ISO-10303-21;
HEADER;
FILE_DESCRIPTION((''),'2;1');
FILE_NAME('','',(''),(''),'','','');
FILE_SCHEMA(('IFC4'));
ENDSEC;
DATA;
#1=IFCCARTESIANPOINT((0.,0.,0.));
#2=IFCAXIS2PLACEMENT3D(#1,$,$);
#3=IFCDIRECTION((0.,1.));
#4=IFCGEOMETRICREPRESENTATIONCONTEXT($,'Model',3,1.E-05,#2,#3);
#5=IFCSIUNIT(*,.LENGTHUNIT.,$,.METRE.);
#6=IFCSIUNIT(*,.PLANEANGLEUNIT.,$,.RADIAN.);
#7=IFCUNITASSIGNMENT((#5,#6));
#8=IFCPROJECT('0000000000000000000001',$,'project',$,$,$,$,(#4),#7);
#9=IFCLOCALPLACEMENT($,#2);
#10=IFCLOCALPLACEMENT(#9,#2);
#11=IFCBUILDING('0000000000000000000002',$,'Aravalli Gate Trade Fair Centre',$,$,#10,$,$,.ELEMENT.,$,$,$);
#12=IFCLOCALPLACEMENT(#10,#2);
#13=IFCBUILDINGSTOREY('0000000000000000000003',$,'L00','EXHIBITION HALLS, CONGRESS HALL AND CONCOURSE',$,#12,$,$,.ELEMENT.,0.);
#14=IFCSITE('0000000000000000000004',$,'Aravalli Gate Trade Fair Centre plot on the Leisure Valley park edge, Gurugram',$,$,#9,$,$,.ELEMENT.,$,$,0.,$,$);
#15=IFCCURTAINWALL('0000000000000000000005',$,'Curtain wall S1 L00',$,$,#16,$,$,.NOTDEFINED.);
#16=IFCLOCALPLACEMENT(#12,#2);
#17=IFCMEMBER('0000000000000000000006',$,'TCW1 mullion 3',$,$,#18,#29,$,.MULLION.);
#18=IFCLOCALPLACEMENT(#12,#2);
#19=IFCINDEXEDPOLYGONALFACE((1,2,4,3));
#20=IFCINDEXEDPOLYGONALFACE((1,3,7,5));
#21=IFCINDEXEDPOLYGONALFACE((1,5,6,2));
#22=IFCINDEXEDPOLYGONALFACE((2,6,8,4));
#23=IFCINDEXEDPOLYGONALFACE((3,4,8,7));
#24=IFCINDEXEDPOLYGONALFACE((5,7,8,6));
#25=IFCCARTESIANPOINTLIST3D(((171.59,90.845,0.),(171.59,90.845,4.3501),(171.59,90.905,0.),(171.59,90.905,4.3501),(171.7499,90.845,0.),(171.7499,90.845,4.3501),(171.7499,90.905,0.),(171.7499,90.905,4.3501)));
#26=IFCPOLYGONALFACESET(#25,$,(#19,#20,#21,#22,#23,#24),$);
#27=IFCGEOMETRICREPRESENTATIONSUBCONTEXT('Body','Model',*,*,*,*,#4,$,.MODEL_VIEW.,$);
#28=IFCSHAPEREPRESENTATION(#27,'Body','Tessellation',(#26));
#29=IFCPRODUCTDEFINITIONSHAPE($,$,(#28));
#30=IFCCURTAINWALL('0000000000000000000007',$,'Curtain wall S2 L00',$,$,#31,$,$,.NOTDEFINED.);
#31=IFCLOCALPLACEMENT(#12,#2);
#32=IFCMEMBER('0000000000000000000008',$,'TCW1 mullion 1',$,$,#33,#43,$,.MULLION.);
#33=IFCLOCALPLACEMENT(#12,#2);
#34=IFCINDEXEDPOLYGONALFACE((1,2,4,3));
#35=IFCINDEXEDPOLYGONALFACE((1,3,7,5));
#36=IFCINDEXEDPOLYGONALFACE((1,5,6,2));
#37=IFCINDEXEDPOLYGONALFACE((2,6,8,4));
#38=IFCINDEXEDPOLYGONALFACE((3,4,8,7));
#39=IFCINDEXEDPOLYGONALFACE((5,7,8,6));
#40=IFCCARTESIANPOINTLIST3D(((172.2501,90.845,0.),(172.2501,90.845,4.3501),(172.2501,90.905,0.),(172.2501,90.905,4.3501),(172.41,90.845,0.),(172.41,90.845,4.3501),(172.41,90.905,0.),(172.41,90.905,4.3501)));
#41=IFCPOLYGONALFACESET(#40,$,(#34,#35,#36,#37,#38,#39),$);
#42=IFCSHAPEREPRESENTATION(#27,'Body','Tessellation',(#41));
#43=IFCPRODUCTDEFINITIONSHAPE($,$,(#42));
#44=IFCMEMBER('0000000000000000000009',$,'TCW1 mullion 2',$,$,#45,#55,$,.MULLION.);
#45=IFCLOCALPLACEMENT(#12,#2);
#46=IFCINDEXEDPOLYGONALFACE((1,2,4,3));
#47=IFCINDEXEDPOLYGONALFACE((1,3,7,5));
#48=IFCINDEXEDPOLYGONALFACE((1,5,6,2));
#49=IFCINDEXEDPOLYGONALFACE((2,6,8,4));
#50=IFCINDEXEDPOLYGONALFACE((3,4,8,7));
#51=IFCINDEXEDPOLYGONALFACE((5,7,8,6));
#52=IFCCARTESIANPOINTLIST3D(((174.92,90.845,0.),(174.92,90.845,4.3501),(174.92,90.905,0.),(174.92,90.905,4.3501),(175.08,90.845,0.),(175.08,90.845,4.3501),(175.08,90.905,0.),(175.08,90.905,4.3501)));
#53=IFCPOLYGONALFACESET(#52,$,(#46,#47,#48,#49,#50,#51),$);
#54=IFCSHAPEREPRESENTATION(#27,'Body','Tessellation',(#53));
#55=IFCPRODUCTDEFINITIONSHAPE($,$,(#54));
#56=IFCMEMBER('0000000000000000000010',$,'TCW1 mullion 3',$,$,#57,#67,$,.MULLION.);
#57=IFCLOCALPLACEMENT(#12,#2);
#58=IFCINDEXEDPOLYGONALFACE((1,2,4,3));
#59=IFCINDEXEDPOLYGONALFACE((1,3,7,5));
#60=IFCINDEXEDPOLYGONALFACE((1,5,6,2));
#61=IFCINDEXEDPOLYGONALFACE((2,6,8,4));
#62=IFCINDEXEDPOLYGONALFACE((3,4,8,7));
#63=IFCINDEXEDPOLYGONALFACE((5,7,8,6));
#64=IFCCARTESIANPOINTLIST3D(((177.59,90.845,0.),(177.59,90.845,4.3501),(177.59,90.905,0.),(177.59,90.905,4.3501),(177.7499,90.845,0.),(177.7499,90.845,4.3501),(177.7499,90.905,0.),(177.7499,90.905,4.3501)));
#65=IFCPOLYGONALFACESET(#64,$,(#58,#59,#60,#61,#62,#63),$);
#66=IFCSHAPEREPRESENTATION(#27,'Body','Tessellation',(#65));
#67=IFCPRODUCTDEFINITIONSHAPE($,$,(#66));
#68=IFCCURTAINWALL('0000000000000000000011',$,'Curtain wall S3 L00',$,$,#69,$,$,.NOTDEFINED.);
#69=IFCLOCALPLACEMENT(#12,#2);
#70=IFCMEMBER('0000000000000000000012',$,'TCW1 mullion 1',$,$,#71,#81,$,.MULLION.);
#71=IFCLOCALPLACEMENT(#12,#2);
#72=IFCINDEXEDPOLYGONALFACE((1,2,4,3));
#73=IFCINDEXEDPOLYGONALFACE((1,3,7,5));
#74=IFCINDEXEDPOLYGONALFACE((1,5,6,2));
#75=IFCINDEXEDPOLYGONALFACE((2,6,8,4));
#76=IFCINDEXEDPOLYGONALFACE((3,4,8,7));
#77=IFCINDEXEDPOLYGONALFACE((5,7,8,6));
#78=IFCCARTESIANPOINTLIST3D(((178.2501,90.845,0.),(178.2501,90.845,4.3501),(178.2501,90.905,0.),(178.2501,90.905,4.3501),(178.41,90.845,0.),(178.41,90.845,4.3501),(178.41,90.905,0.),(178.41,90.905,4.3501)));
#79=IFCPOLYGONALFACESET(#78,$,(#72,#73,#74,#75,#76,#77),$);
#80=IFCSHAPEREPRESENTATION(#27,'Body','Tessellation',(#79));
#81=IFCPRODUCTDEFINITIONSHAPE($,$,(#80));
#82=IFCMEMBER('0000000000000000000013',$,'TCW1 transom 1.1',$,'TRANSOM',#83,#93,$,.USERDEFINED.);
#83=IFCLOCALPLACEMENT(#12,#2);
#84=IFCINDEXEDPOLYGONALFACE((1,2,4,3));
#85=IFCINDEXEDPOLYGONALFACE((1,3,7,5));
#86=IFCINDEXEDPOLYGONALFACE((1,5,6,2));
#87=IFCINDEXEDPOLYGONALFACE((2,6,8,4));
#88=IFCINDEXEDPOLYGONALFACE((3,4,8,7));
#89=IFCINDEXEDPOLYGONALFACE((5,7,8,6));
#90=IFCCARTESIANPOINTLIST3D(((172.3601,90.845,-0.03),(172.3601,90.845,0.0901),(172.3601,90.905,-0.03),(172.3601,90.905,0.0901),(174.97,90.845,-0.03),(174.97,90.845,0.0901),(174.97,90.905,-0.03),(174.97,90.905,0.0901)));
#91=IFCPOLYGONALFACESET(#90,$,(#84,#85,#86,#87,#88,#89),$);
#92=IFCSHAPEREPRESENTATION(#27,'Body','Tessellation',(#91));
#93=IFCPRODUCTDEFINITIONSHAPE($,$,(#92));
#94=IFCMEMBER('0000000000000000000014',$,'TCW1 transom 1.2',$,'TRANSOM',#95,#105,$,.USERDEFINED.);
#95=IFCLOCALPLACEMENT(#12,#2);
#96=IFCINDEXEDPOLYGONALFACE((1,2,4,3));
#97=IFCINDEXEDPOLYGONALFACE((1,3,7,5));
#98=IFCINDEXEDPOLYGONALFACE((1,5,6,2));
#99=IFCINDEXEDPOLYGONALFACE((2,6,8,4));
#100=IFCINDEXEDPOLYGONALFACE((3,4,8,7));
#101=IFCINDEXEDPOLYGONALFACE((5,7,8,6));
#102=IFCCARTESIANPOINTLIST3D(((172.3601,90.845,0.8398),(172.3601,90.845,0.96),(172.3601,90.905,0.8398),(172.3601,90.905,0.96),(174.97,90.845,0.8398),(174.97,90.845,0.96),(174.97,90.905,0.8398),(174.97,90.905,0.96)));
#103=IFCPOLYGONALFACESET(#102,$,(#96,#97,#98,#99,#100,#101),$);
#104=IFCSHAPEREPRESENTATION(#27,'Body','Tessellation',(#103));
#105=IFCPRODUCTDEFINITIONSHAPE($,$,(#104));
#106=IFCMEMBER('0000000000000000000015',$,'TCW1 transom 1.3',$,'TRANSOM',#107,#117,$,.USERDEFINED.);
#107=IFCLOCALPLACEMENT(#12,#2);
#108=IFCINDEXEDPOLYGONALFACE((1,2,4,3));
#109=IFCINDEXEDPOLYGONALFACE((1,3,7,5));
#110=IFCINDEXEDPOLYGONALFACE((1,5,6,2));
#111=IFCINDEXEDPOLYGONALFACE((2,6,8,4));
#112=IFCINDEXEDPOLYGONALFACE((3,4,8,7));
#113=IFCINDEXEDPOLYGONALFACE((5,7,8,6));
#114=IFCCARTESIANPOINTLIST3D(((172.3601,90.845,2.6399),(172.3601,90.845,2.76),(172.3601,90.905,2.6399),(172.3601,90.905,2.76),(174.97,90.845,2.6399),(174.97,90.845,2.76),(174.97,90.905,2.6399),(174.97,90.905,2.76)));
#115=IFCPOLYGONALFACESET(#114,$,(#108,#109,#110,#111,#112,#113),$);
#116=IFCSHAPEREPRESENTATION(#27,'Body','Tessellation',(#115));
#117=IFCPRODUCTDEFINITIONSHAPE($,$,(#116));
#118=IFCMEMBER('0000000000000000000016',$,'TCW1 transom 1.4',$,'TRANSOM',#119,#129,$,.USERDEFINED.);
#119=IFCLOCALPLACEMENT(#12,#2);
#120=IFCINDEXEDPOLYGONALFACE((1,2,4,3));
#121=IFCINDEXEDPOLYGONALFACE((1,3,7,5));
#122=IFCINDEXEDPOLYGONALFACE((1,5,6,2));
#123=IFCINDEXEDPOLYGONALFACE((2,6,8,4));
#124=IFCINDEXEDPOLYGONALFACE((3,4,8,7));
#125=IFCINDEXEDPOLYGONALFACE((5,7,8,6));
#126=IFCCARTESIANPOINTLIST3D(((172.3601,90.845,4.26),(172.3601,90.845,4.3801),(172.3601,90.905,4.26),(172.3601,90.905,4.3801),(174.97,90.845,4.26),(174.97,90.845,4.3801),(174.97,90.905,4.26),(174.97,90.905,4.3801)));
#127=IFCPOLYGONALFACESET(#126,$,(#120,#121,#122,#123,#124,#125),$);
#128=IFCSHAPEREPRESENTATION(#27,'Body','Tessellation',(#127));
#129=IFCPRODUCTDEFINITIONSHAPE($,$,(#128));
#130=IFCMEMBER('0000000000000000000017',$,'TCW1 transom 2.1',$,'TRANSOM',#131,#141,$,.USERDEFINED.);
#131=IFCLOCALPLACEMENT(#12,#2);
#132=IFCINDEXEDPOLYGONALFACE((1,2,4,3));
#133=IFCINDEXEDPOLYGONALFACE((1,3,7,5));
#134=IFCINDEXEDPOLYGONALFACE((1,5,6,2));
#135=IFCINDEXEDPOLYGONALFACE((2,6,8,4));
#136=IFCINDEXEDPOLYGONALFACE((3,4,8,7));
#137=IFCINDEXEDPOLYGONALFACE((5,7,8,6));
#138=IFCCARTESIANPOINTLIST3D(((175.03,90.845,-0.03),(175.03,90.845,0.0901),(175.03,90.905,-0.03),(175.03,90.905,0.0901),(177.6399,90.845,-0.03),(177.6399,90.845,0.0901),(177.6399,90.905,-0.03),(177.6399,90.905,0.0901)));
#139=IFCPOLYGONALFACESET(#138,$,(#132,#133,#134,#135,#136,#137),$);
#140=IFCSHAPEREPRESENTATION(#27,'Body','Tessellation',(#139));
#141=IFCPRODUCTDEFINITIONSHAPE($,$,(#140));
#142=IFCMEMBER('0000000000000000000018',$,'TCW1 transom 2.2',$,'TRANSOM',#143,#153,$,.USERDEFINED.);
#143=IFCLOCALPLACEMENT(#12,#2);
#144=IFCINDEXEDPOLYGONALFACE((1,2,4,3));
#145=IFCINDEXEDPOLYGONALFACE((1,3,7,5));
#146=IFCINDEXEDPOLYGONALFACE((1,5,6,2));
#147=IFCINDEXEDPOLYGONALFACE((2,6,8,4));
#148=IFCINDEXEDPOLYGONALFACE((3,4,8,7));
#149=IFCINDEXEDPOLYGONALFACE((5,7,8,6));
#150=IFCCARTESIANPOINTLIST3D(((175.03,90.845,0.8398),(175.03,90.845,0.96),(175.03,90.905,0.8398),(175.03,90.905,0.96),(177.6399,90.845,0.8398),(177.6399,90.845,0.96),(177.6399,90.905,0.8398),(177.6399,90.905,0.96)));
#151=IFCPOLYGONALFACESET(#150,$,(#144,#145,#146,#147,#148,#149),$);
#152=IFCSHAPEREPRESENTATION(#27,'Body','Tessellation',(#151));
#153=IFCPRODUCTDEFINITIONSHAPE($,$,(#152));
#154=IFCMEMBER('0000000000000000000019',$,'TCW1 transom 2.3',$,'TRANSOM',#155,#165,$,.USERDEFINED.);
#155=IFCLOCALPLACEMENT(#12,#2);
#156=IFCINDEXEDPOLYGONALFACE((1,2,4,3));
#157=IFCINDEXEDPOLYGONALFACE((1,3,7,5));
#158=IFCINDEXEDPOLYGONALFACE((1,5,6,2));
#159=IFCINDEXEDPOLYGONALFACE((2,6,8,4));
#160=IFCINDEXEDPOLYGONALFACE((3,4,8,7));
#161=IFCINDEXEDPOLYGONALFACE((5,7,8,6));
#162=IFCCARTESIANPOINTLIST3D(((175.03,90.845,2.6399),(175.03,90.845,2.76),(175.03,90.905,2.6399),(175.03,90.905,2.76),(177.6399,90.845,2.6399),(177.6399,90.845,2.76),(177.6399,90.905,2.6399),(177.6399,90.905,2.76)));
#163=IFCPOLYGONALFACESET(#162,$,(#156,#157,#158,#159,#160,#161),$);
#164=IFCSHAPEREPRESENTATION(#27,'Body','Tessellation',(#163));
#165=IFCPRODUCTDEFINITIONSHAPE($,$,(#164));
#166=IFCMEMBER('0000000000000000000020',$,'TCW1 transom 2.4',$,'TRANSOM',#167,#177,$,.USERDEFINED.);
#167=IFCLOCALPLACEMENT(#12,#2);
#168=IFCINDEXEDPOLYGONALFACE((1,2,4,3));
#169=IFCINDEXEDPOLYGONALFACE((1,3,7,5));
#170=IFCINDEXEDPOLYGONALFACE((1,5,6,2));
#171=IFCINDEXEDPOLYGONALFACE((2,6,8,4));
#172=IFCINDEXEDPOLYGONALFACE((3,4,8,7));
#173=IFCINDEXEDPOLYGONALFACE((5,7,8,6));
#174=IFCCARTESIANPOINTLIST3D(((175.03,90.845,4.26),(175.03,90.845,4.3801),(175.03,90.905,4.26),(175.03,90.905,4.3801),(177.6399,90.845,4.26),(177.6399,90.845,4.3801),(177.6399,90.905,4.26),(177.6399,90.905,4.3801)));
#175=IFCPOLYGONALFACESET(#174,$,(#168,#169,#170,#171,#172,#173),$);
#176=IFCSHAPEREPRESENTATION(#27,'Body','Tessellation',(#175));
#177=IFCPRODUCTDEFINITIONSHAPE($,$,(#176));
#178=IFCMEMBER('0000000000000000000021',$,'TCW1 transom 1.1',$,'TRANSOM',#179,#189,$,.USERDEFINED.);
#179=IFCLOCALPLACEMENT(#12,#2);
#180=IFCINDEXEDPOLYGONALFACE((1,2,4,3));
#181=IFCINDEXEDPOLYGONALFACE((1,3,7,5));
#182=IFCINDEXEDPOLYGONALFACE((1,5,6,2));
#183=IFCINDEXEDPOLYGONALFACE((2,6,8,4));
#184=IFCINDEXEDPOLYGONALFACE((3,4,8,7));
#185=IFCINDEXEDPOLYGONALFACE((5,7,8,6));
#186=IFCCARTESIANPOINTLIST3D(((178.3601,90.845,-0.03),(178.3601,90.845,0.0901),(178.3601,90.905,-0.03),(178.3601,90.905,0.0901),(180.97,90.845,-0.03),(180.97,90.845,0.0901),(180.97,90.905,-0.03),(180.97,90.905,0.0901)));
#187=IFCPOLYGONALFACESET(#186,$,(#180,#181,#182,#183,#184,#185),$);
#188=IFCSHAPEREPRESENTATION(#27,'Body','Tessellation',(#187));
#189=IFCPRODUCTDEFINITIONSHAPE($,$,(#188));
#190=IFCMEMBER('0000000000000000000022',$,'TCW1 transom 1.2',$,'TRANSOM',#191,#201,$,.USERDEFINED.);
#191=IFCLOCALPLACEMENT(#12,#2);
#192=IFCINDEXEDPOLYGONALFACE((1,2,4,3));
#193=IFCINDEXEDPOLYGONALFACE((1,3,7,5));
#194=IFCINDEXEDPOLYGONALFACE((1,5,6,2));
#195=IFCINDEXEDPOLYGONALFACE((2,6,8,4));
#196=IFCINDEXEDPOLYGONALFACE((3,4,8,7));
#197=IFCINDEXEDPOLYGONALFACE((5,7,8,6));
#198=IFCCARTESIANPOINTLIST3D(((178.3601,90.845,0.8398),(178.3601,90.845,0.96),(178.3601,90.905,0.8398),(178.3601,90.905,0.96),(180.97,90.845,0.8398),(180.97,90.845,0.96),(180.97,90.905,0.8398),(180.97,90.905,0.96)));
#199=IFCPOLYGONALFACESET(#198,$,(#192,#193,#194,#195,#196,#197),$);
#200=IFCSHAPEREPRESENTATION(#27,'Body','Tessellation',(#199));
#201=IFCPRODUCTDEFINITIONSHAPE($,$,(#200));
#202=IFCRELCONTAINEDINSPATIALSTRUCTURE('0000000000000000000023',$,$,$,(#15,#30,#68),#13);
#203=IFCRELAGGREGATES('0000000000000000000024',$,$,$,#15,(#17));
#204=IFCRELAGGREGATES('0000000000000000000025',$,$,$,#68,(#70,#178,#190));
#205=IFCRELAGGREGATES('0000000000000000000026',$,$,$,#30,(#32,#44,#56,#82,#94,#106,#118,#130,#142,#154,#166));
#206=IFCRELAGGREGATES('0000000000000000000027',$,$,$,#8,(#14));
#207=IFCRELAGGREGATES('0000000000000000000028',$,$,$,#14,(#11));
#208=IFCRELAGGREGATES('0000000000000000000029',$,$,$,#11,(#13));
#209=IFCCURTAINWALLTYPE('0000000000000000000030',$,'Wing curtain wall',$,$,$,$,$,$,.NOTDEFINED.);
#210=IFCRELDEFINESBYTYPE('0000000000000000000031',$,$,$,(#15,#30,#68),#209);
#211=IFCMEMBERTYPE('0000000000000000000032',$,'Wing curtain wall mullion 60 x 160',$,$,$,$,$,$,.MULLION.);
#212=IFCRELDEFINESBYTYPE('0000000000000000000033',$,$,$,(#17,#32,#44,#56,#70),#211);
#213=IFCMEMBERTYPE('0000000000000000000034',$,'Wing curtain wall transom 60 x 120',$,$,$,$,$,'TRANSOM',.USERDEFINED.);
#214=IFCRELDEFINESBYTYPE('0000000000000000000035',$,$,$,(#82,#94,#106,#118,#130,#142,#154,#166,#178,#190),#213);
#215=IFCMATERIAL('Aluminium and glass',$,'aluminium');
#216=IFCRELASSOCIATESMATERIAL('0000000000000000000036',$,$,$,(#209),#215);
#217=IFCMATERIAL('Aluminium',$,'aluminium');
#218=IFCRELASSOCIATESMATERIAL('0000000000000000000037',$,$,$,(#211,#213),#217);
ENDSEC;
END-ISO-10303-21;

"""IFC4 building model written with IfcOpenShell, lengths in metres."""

from ifc_helpers import new_model, si_unit, direction, frame, origin, origin_2d, place, context, subcontext, project, spatial, rectangle, extrude, material, material_profile, profile_set, type_object, element, aggregate, save


model = new_model("IFC4")

# Units and contexts
model_context = context("Model", 3, precision=1e-05, world=origin(), true_north=direction((0.0, 1.0)))
body_context = subcontext(model_context, "Body", "Model", "MODEL_VIEW")
ifc_project = project(units=[si_unit("LENGTHUNIT", "METRE"), si_unit("PLANEANGLEUNIT", "RADIAN")], contexts=[model_context])

# Site, building, storey
site_placement = place(None, origin())
site = spatial("IfcSite", under=ifc_project, at=site_placement, Name="Aravalli Gate Trade Fair Centre plot on the Leisure Valley park edge, Gurugram", CompositionType="ELEMENT", RefElevation=0.0)
building_placement = place(site_placement, origin())
building = spatial("IfcBuilding", under=site, at=building_placement, Name="Aravalli Gate Trade Fair Centre", CompositionType="ELEMENT")
storey_placement = place(building_placement, origin())
storey = spatial("IfcBuildingStorey", under=building, at=storey_placement, Name="L00", Description="EXHIBITION HALLS, CONGRESS HALL AND CONCOURSE", CompositionType="ELEMENT", Elevation=0.0)

# Curtain wall, member
ifc_material_1 = material(Name="Aluminium and glass", Category="aluminium")
curtain_wall_type = type_object("IfcCurtainWallType", Name="Wing curtain wall", PredefinedType="NOTDEFINED", material=ifc_material_1)
curtain_wall_1_placement = place(storey_placement, origin())
curtain_wall_1 = element("IfcCurtainWall", 1, at=curtain_wall_1_placement, inside=storey, type_object=curtain_wall_type, Name="Curtain wall S1 L00", PredefinedType="NOTDEFINED")
ifc_material_2 = material(Name="Aluminium", Category="aluminium")
ifc_material_profile_1 = material_profile(ifc_material_2, rectangle(XDim=0.0601, YDim=0.1599, at=origin_2d()), Name="Wing curtain wall mullion 60 x 160")
ifc_profile_set_1 = profile_set([ifc_material_profile_1], Name="Aluminium")
member_type_1 = type_object("IfcMemberType", Name="Wing curtain wall mullion 60 x 160", PredefinedType="MULLION", material=ifc_profile_set_1)
member_1_placement = place(storey_placement, frame((171.6699, 90.875, 0.0), z_axis=(0.0, 0.0, 1.0), x_axis=(0.0, 1.0, 0.0)))
member_1 = element("IfcMember", 2, at=member_1_placement, type_object=member_type_1, Name="TCW1 mullion 3", PredefinedType="MULLION", context=body_context, shape_type="SweptSolid", body=[
    extrude(rectangle(XDim=0.0601, YDim=0.1599, at=origin_2d()), origin(), (0.0, 0.0, 1.0), 4.3501),
])
aggregate(curtain_wall_1, [member_1])

# Curtain wall, members
curtain_wall_2_placement = place(storey_placement, origin())
curtain_wall_2 = element("IfcCurtainWall", 3, at=curtain_wall_2_placement, inside=storey, type_object=curtain_wall_type, Name="Curtain wall S2 L00", PredefinedType="NOTDEFINED")
member_2_placement = place(storey_placement, frame((172.3301, 90.875, 0.0), z_axis=(0.0, 0.0, 1.0), x_axis=(0.0, 1.0, 0.0)))
member_2 = element("IfcMember", 4, at=member_2_placement, type_object=member_type_1, Name="TCW1 mullion 1", PredefinedType="MULLION", context=body_context, shape_type="SweptSolid", body=[
    extrude(rectangle(XDim=0.0601, YDim=0.1599, at=origin_2d()), origin(), (0.0, 0.0, 1.0), 4.3501),
])
member_3_placement = place(storey_placement, frame((175.0, 90.875, 0.0), z_axis=(0.0, 0.0, 1.0), x_axis=(0.0, 1.0, 0.0)))
member_3 = element("IfcMember", 5, at=member_3_placement, type_object=member_type_1, Name="TCW1 mullion 2", PredefinedType="MULLION", context=body_context, shape_type="SweptSolid", body=[
    extrude(rectangle(XDim=0.0601, YDim=0.1599, at=origin_2d()), origin(), (0.0, 0.0, 1.0), 4.3501),
])
member_4_placement = place(storey_placement, frame((177.6699, 90.875, 0.0), z_axis=(0.0, 0.0, 1.0), x_axis=(0.0, 1.0, 0.0)))
member_4 = element("IfcMember", 6, at=member_4_placement, type_object=member_type_1, Name="TCW1 mullion 3", PredefinedType="MULLION", context=body_context, shape_type="SweptSolid", body=[
    extrude(rectangle(XDim=0.0601, YDim=0.1599, at=origin_2d()), origin(), (0.0, 0.0, 1.0), 4.3501),
])

# Curtain wall, member
curtain_wall_3_placement = place(storey_placement, origin())
curtain_wall_3 = element("IfcCurtainWall", 7, at=curtain_wall_3_placement, inside=storey, type_object=curtain_wall_type, Name="Curtain wall S3 L00", PredefinedType="NOTDEFINED")
member_5_placement = place(storey_placement, frame((178.3301, 90.875, 0.0), z_axis=(0.0, 0.0, 1.0), x_axis=(0.0, 1.0, 0.0)))
member_5 = element("IfcMember", 8, at=member_5_placement, type_object=member_type_1, Name="TCW1 mullion 1", PredefinedType="MULLION", context=body_context, shape_type="SweptSolid", body=[
    extrude(rectangle(XDim=0.0601, YDim=0.1599, at=origin_2d()), origin(), (0.0, 0.0, 1.0), 4.3501),
])

# Members
ifc_material_profile_2 = material_profile(ifc_material_2, rectangle(XDim=0.0601, YDim=0.1201, at=origin_2d()), Name="Wing curtain wall transom 60 x 120")
ifc_profile_set_2 = profile_set([ifc_material_profile_2], Name="Aluminium")
member_type_2 = type_object("IfcMemberType", Name="Wing curtain wall transom 60 x 120", ElementType="TRANSOM", PredefinedType="USERDEFINED", material=ifc_profile_set_2)
member_6_placement = place(storey_placement, frame((172.3601, 90.875, 0.03), z_axis=(1.0, 0.0, 0.0), x_axis=(0.0, 1.0, 0.0)))
member_6 = element("IfcMember", 9, at=member_6_placement, type_object=member_type_2, Name="TCW1 transom 1.1", ObjectType="TRANSOM", PredefinedType="USERDEFINED", context=body_context, shape_type="SweptSolid", body=[
    extrude(rectangle(XDim=0.0601, YDim=0.1201, at=origin_2d()), origin(), (0.0, 0.0, 1.0), 2.6099),
])
member_7_placement = place(storey_placement, frame((172.3601, 90.875, 0.8999), z_axis=(1.0, 0.0, 0.0), x_axis=(0.0, 1.0, 0.0)))
member_7 = element("IfcMember", 10, at=member_7_placement, type_object=member_type_2, Name="TCW1 transom 1.2", ObjectType="TRANSOM", PredefinedType="USERDEFINED", context=body_context, shape_type="SweptSolid", body=[
    extrude(rectangle(XDim=0.0601, YDim=0.1201, at=origin_2d()), origin(), (0.0, 0.0, 1.0), 2.6099),
])
member_8_placement = place(storey_placement, frame((172.3601, 90.875, 2.7), z_axis=(1.0, 0.0, 0.0), x_axis=(0.0, 1.0, 0.0)))
member_8 = element("IfcMember", 11, at=member_8_placement, type_object=member_type_2, Name="TCW1 transom 1.3", ObjectType="TRANSOM", PredefinedType="USERDEFINED", context=body_context, shape_type="SweptSolid", body=[
    extrude(rectangle(XDim=0.0601, YDim=0.1201, at=origin_2d()), origin(), (0.0, 0.0, 1.0), 2.6099),
])
member_9_placement = place(storey_placement, frame((172.3601, 90.875, 4.3201), z_axis=(1.0, 0.0, 0.0), x_axis=(0.0, 1.0, 0.0)))
member_9 = element("IfcMember", 12, at=member_9_placement, type_object=member_type_2, Name="TCW1 transom 1.4", ObjectType="TRANSOM", PredefinedType="USERDEFINED", context=body_context, shape_type="SweptSolid", body=[
    extrude(rectangle(XDim=0.0601, YDim=0.1201, at=origin_2d()), origin(), (0.0, 0.0, 1.0), 2.6099),
])
member_10_placement = place(storey_placement, frame((175.03, 90.875, 0.03), z_axis=(1.0, 0.0, 0.0), x_axis=(0.0, 1.0, 0.0)))
member_10 = element("IfcMember", 13, at=member_10_placement, type_object=member_type_2, Name="TCW1 transom 2.1", ObjectType="TRANSOM", PredefinedType="USERDEFINED", context=body_context, shape_type="SweptSolid", body=[
    extrude(rectangle(XDim=0.0601, YDim=0.1201, at=origin_2d()), origin(), (0.0, 0.0, 1.0), 2.6099),
])
member_11_placement = place(storey_placement, frame((175.03, 90.875, 0.8999), z_axis=(1.0, 0.0, 0.0), x_axis=(0.0, 1.0, 0.0)))
member_11 = element("IfcMember", 14, at=member_11_placement, type_object=member_type_2, Name="TCW1 transom 2.2", ObjectType="TRANSOM", PredefinedType="USERDEFINED", context=body_context, shape_type="SweptSolid", body=[
    extrude(rectangle(XDim=0.0601, YDim=0.1201, at=origin_2d()), origin(), (0.0, 0.0, 1.0), 2.6099),
])
member_12_placement = place(storey_placement, frame((175.03, 90.875, 2.7), z_axis=(1.0, 0.0, 0.0), x_axis=(0.0, 1.0, 0.0)))
member_12 = element("IfcMember", 15, at=member_12_placement, type_object=member_type_2, Name="TCW1 transom 2.3", ObjectType="TRANSOM", PredefinedType="USERDEFINED", context=body_context, shape_type="SweptSolid", body=[
    extrude(rectangle(XDim=0.0601, YDim=0.1201, at=origin_2d()), origin(), (0.0, 0.0, 1.0), 2.6099),
])
member_13_placement = place(storey_placement, frame((175.03, 90.875, 4.3201), z_axis=(1.0, 0.0, 0.0), x_axis=(0.0, 1.0, 0.0)))
member_13 = element("IfcMember", 16, at=member_13_placement, type_object=member_type_2, Name="TCW1 transom 2.4", ObjectType="TRANSOM", PredefinedType="USERDEFINED", context=body_context, shape_type="SweptSolid", body=[
    extrude(rectangle(XDim=0.0601, YDim=0.1201, at=origin_2d()), origin(), (0.0, 0.0, 1.0), 2.6099),
])
member_14_placement = place(storey_placement, frame((178.3601, 90.875, 0.03), z_axis=(1.0, 0.0, 0.0), x_axis=(0.0, 1.0, 0.0)))
member_14 = element("IfcMember", 17, at=member_14_placement, type_object=member_type_2, Name="TCW1 transom 1.1", ObjectType="TRANSOM", PredefinedType="USERDEFINED", context=body_context, shape_type="SweptSolid", body=[
    extrude(rectangle(XDim=0.0601, YDim=0.1201, at=origin_2d()), origin(), (0.0, 0.0, 1.0), 2.6099),
])
member_15_placement = place(storey_placement, frame((178.3601, 90.875, 0.8999), z_axis=(1.0, 0.0, 0.0), x_axis=(0.0, 1.0, 0.0)))
member_15 = element("IfcMember", 18, at=member_15_placement, type_object=member_type_2, Name="TCW1 transom 1.2", ObjectType="TRANSOM", PredefinedType="USERDEFINED", context=body_context, shape_type="SweptSolid", body=[
    extrude(rectangle(XDim=0.0601, YDim=0.1201, at=origin_2d()), origin(), (0.0, 0.0, 1.0), 2.6099),
])
aggregate(curtain_wall_3, [member_5, member_14, member_15])

aggregate(curtain_wall_2, [member_2, member_3, member_4, member_6, member_7, member_8, member_9, member_10, member_11, member_12, member_13])

save(model, "model.ifc")
